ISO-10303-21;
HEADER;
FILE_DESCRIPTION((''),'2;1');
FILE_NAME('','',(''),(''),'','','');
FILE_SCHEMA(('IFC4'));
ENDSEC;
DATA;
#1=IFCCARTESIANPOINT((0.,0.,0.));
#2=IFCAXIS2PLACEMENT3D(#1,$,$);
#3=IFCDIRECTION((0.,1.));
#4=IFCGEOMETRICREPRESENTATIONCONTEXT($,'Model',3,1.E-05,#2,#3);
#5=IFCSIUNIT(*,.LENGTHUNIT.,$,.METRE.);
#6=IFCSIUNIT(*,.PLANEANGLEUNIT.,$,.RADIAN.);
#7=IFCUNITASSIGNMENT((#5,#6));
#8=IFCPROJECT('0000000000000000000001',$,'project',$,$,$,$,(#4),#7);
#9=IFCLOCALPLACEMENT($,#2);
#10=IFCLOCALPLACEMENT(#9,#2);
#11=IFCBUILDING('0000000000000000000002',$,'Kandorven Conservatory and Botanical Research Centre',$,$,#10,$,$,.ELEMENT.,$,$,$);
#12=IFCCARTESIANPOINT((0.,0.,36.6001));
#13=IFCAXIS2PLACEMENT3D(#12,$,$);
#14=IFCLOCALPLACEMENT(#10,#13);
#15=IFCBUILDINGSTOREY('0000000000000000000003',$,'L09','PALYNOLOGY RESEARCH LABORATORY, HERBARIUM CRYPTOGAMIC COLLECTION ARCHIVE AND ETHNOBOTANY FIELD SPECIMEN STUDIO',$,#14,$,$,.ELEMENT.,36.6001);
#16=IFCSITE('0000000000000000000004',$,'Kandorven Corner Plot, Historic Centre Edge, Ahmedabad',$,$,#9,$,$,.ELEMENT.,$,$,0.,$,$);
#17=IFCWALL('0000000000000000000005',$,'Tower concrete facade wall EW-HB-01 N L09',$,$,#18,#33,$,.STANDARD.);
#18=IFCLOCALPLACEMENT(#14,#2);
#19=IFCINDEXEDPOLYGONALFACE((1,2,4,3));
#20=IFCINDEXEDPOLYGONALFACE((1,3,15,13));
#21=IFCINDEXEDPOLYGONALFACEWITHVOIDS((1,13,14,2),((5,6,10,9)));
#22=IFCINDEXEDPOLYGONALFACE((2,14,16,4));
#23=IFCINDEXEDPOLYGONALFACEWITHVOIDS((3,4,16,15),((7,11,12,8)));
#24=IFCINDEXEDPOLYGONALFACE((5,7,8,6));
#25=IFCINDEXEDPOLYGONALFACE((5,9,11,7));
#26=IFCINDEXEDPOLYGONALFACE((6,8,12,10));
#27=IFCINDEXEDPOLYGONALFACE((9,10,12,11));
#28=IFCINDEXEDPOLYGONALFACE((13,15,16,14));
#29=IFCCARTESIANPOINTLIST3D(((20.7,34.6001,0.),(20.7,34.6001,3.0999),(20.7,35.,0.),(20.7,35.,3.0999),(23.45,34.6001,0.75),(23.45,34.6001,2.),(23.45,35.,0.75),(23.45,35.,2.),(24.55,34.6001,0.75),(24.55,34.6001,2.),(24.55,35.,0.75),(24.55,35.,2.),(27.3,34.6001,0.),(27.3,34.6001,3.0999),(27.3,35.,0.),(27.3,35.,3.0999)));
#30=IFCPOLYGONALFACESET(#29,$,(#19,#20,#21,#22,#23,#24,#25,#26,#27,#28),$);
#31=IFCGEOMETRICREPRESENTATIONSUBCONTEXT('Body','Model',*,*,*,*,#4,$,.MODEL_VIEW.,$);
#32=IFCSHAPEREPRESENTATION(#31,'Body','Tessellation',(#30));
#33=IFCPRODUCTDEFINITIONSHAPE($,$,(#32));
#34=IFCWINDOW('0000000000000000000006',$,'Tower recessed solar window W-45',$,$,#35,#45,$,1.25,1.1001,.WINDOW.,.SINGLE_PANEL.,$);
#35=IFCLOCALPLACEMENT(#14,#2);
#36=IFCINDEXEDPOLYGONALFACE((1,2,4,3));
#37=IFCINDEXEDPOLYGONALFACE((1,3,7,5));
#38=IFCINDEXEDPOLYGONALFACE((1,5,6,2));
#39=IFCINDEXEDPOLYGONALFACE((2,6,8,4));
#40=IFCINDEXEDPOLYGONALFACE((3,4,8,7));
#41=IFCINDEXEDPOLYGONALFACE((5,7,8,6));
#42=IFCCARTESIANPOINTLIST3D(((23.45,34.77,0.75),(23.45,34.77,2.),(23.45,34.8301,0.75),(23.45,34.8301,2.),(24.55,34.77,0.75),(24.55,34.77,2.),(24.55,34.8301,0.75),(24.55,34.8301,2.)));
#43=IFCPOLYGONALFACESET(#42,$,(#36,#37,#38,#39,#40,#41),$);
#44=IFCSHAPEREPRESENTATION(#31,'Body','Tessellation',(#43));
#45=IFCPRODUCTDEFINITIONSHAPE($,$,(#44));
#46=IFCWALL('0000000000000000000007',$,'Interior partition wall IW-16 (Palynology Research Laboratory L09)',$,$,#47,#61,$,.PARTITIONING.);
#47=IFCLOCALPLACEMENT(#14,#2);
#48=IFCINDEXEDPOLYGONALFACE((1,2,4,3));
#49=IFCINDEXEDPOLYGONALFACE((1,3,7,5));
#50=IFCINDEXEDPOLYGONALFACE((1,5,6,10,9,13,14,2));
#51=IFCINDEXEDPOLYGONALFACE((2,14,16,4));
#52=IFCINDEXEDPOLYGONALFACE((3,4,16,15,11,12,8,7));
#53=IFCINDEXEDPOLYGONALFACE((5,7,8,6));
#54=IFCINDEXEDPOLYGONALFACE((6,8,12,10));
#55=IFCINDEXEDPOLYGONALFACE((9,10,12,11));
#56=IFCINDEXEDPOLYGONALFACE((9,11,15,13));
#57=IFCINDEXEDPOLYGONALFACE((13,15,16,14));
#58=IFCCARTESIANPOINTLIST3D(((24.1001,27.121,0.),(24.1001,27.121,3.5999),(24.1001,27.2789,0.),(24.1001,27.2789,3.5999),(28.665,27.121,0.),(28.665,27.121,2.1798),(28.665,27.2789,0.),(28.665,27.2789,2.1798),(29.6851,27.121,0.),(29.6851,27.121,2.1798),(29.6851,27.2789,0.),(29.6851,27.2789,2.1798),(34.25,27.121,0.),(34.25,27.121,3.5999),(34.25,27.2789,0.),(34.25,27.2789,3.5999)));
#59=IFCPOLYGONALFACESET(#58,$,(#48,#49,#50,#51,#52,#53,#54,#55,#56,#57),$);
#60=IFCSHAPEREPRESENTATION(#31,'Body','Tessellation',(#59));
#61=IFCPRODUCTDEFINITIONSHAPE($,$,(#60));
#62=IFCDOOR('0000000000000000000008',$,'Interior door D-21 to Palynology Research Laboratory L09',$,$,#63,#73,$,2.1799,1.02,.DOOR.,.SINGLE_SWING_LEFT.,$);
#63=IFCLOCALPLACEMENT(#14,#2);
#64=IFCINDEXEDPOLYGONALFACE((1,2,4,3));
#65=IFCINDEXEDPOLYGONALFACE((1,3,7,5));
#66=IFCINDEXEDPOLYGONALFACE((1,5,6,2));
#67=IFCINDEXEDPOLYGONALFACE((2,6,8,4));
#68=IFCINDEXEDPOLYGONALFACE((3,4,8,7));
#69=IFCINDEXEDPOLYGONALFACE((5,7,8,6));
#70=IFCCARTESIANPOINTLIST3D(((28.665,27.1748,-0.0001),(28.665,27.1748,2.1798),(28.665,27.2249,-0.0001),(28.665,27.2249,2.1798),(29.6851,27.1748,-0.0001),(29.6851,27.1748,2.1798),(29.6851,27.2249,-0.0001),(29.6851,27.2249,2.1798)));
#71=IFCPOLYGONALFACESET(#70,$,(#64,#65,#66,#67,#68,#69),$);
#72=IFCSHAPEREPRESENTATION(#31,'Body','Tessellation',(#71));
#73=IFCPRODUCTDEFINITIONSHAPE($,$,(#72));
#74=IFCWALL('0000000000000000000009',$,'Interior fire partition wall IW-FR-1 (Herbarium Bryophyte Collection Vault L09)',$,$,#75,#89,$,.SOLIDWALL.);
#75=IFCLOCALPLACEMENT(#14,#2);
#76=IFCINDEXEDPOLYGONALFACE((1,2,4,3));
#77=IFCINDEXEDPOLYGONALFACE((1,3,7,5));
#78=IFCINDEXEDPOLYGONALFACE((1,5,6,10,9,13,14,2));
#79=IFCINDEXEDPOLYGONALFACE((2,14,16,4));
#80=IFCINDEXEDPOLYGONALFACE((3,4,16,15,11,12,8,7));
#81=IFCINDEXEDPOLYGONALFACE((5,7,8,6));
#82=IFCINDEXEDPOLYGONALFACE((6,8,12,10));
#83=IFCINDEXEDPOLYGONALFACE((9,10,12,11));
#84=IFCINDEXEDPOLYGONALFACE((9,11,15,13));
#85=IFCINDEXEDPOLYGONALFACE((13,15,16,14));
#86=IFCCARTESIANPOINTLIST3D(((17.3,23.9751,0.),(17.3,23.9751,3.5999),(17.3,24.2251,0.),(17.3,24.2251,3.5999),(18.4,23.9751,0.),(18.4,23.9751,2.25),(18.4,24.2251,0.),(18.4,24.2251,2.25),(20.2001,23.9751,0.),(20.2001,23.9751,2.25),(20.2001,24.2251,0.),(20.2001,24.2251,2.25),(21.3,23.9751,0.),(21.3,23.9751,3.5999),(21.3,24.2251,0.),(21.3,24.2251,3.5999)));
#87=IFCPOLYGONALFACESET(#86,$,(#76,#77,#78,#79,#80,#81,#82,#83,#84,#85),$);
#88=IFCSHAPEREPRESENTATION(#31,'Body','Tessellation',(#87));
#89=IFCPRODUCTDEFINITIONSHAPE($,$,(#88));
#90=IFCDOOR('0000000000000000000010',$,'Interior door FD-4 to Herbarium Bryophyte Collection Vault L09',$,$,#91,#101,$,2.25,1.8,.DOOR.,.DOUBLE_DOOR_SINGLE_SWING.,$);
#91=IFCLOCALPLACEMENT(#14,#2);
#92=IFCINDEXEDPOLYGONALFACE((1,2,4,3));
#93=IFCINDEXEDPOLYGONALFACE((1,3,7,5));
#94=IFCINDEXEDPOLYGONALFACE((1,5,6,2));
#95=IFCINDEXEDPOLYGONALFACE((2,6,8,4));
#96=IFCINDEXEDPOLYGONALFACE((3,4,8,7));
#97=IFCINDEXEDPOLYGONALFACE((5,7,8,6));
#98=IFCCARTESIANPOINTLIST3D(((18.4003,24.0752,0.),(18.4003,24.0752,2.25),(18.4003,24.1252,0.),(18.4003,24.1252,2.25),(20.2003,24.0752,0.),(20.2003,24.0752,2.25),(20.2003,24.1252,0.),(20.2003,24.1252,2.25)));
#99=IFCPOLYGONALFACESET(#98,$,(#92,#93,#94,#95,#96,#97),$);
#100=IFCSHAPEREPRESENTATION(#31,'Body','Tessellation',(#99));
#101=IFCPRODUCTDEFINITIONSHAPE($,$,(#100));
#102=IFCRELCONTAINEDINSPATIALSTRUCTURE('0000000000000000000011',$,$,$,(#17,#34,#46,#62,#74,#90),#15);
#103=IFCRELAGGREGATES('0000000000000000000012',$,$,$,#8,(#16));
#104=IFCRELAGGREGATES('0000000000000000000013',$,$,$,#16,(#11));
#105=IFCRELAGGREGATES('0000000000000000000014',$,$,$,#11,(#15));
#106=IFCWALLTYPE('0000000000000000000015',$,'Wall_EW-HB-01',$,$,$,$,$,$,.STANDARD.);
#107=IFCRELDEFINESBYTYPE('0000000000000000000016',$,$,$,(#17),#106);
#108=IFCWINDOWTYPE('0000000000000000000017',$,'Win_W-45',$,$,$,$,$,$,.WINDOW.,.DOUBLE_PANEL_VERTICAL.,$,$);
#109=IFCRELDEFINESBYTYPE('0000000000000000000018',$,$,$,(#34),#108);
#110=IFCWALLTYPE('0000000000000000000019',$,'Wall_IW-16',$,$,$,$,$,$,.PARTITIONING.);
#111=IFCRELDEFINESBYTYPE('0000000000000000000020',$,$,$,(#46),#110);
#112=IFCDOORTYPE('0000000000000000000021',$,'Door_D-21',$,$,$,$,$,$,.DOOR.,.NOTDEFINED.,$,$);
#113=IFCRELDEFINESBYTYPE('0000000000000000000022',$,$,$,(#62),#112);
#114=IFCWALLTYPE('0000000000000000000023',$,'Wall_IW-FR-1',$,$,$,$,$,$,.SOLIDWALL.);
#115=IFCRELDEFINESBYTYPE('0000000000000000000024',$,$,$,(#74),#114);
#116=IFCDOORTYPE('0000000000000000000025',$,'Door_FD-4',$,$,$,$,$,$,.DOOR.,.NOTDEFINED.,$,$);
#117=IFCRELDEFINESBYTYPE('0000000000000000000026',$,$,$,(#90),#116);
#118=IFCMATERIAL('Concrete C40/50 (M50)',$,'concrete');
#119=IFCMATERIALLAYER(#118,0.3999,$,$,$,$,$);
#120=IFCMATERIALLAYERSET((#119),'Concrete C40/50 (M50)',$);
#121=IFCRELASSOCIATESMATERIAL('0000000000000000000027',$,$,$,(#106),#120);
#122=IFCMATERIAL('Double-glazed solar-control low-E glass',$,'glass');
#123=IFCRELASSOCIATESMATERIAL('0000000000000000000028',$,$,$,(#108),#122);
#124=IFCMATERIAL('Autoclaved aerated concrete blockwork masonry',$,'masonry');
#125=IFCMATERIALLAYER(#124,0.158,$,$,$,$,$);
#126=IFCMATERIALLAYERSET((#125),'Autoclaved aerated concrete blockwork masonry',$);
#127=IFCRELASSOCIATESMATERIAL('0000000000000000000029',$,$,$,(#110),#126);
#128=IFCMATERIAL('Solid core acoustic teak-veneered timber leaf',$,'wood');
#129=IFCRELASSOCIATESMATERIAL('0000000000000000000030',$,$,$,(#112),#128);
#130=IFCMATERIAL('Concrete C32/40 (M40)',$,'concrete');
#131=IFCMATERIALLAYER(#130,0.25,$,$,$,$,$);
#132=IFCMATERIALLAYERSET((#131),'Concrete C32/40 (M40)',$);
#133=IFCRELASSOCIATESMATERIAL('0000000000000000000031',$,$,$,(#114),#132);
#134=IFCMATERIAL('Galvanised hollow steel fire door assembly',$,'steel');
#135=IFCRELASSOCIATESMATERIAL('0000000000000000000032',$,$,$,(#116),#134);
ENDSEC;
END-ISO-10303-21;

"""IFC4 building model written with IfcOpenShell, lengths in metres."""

from ifc_helpers import new_model, si_unit, direction, frame, frame_2d, origin, place, context, subcontext, project, spatial, rectangle, extrude, material, layer, layer_set, type_object, element, fill, save


model = new_model("IFC4")

# Units and contexts
model_context = context("Model", 3, precision=1e-05, world=origin(), true_north=direction((0.0, 1.0)))
body_context = subcontext(model_context, "Body", "Model", "MODEL_VIEW")
ifc_project = project(units=[si_unit("LENGTHUNIT", "METRE"), si_unit("PLANEANGLEUNIT", "RADIAN")], contexts=[model_context])

# Site, building, storey
site_placement = place(None, origin())
site = spatial("IfcSite", under=ifc_project, at=site_placement, Name="Kandorven Corner Plot, Historic Centre Edge, Ahmedabad", CompositionType="ELEMENT", RefElevation=0.0)
building_placement = place(site_placement, origin())
building = spatial("IfcBuilding", under=site, at=building_placement, Name="Kandorven Conservatory and Botanical Research Centre", CompositionType="ELEMENT")
storey_placement = place(building_placement, frame((0.0, 0.0, 36.6001)))
storey = spatial("IfcBuildingStorey", under=building, at=storey_placement, Name="L09", Description="PALYNOLOGY RESEARCH LABORATORY, HERBARIUM CRYPTOGAMIC COLLECTION ARCHIVE AND ETHNOBOTANY FIELD SPECIMEN STUDIO", CompositionType="ELEMENT", Elevation=36.6001)

# Wall, opening, window
ifc_material_1 = material(Name="Concrete C40/50 (M50)", Category="concrete")
ifc_layer_1 = layer(ifc_material_1, 0.3999)
ifc_layer_set_1 = layer_set([ifc_layer_1], Name="Concrete C40/50 (M50)")
wall_type_1 = type_object("IfcWallType", Name="Wall_EW-HB-01", PredefinedType="STANDARD", material=ifc_layer_set_1)
wall_1_placement = place(storey_placement, frame((20.7, 34.8, 0.0), z_axis=(0.0, 0.0, 1.0), x_axis=(1.0, 0.0, 0.0)))
wall_1 = element("IfcWall", 1, at=wall_1_placement, inside=storey, type_object=wall_type_1, Name="Tower concrete facade wall EW-HB-01 N L09", PredefinedType="STANDARD", context=body_context, shape_type="SweptSolid", body=[
    extrude(rectangle(XDim=6.6001, YDim=0.3999, at=frame_2d((3.3, 0.0))), origin(), (0.0, 0.0, 1.0), 3.0999),
])
opening_1_placement = place(wall_1_placement, frame((2.75, 0.0, 0.75)))
opening_1 = element("IfcOpeningElement", 2, at=opening_1_placement, cuts=wall_1, PredefinedType="OPENING", context=body_context, shape_type="SweptSolid", body=[
    extrude(rectangle(XDim=1.1001, YDim=1.25, at=frame_2d((0.55, 0.625))), frame((0.0, 0.21, 0.0), z_axis=(0.0, -1.0, 0.0), x_axis=(1.0, 0.0, 0.0)), (0.0, 0.0, 1.0), 0.4199),
])
ifc_material_2 = material(Name="Double-glazed solar-control low-E glass", Category="glass")
window_type = type_object("IfcWindowType", Name="Win_W-45", PartitioningType="DOUBLE_PANEL_VERTICAL", PredefinedType="WINDOW", material=ifc_material_2)
window_placement = place(opening_1_placement, origin())
window = element("IfcWindow", 3, at=window_placement, inside=storey, type_object=window_type, Name="Tower recessed solar window W-45", OverallHeight=1.25, OverallWidth=1.1001, PartitioningType="SINGLE_PANEL", PredefinedType="WINDOW", context=body_context, shape_type="SweptSolid", body=[
    extrude(rectangle(XDim=1.1001, YDim=1.25, at=frame_2d((0.55, 0.625))), frame((0.0, 0.03, 0.0), z_axis=(0.0, -1.0, 0.0), x_axis=(1.0, 0.0, 0.0)), (0.0, 0.0, 1.0), 0.0601),
])
fill(opening_1, window)

# Walls, openings, doors
ifc_material_3 = material(Name="Autoclaved aerated concrete blockwork masonry", Category="masonry")
ifc_layer_2 = layer(ifc_material_3, 0.158)
ifc_layer_set_2 = layer_set([ifc_layer_2], Name="Autoclaved aerated concrete blockwork masonry")
wall_type_2 = type_object("IfcWallType", Name="Wall_IW-16", PredefinedType="PARTITIONING", material=ifc_layer_set_2)
wall_2_placement = place(storey_placement, frame((24.1001, 27.2, 0.0), z_axis=(0.0, 0.0, 1.0), x_axis=(1.0, 0.0, 0.0)))
wall_2 = element("IfcWall", 4, at=wall_2_placement, inside=storey, type_object=wall_type_2, Name="Interior partition wall IW-16 (Palynology Research Laboratory L09)", PredefinedType="PARTITIONING", context=body_context, shape_type="SweptSolid", body=[
    extrude(rectangle(XDim=10.1499, YDim=0.158, at=frame_2d((5.075, 0.0))), origin(), (0.0, 0.0, 1.0), 3.5999),
])
opening_2_placement = place(wall_2_placement, frame((4.5649, 0.0, 0.0)))
opening_2 = element("IfcOpeningElement", 5, at=opening_2_placement, cuts=wall_2, PredefinedType="OPENING", context=body_context, shape_type="SweptSolid", body=[
    extrude(rectangle(XDim=1.02, YDim=2.1799, at=frame_2d((0.51, 1.0898))), frame((0.0, 0.0889, 0.0), z_axis=(0.0, -1.0, 0.0), x_axis=(1.0, 0.0, 0.0)), (0.0, 0.0, 1.0), 0.178),
])
ifc_material_4 = material(Name="Solid core acoustic teak-veneered timber leaf", Category="wood")
door_type_1 = type_object("IfcDoorType", Name="Door_D-21", OperationType="NOTDEFINED", PredefinedType="DOOR", material=ifc_material_4)
door_1_placement = place(opening_2_placement, origin())
door_1 = element("IfcDoor", 6, at=door_1_placement, inside=storey, type_object=door_type_1, Name="Interior door D-21 to Palynology Research Laboratory L09", OperationType="SINGLE_SWING_LEFT", OverallHeight=2.1799, OverallWidth=1.02, PredefinedType="DOOR", context=body_context, shape_type="SweptSolid", body=[
    extrude(rectangle(XDim=1.02, YDim=2.1799, at=frame_2d((0.51, 1.0898))), frame((0.0, 0.0249, 0.0), z_axis=(0.0, -1.0, 0.0), x_axis=(1.0, 0.0, 0.0)), (0.0, 0.0, 1.0), 0.05),
])
fill(opening_2, door_1)
ifc_material_5 = material(Name="Concrete C32/40 (M40)", Category="concrete")
ifc_layer_3 = layer(ifc_material_5, 0.25)
ifc_layer_set_3 = layer_set([ifc_layer_3], Name="Concrete C32/40 (M40)")
wall_type_3 = type_object("IfcWallType", Name="Wall_IW-FR-1", PredefinedType="SOLIDWALL", material=ifc_layer_set_3)
wall_3_placement = place(storey_placement, frame((17.3, 24.1001, 0.0), z_axis=(0.0, 0.0, 1.0), x_axis=(1.0, 0.0, 0.0)))
wall_3 = element("IfcWall", 7, at=wall_3_placement, inside=storey, type_object=wall_type_3, Name="Interior fire partition wall IW-FR-1 (Herbarium Bryophyte Collection Vault L09)", PredefinedType="SOLIDWALL", context=body_context, shape_type="SweptSolid", body=[
    extrude(rectangle(XDim=4.0, YDim=0.25, at=frame_2d((2.0, 0.0))), origin(), (0.0, 0.0, 1.0), 3.5999),
])
opening_3_placement = place(wall_3_placement, frame((1.1001, 0.0, 0.0)))
opening_3 = element("IfcOpeningElement", 8, at=opening_3_placement, cuts=wall_3, PredefinedType="OPENING", context=body_context, shape_type="SweptSolid", body=[
    extrude(rectangle(XDim=1.8, YDim=2.25, at=frame_2d((0.8999, 1.125))), frame((0.0, 0.135, 0.0), z_axis=(0.0, -1.0, 0.0), x_axis=(1.0, 0.0, 0.0)), (0.0, 0.0, 1.0), 0.27),
])
ifc_material_6 = material(Name="Galvanised hollow steel fire door assembly", Category="steel")
door_type_2 = type_object("IfcDoorType", Name="Door_FD-4", OperationType="NOTDEFINED", PredefinedType="DOOR", material=ifc_material_6)
door_2_placement = place(opening_3_placement, frame((1.8, 0.0, 0.0), z_axis=(0.0, 0.0, 1.0), x_axis=(-1.0, 0.0, 0.0)))
door_2 = element("IfcDoor", 9, at=door_2_placement, inside=storey, type_object=door_type_2, Name="Interior door FD-4 to Herbarium Bryophyte Collection Vault L09", OperationType="DOUBLE_DOOR_SINGLE_SWING", OverallHeight=2.25, OverallWidth=1.8, PredefinedType="DOOR", context=body_context, shape_type="SweptSolid", body=[
    extrude(rectangle(XDim=1.8, YDim=2.25, at=frame_2d((0.8999, 1.125))), frame((0.0, 0.0249, 0.0), z_axis=(0.0, -1.0, 0.0), x_axis=(1.0, 0.0, 0.0)), (0.0, 0.0, 1.0), 0.05),
])
fill(opening_3, door_2)

save(model, "model.ifc")
